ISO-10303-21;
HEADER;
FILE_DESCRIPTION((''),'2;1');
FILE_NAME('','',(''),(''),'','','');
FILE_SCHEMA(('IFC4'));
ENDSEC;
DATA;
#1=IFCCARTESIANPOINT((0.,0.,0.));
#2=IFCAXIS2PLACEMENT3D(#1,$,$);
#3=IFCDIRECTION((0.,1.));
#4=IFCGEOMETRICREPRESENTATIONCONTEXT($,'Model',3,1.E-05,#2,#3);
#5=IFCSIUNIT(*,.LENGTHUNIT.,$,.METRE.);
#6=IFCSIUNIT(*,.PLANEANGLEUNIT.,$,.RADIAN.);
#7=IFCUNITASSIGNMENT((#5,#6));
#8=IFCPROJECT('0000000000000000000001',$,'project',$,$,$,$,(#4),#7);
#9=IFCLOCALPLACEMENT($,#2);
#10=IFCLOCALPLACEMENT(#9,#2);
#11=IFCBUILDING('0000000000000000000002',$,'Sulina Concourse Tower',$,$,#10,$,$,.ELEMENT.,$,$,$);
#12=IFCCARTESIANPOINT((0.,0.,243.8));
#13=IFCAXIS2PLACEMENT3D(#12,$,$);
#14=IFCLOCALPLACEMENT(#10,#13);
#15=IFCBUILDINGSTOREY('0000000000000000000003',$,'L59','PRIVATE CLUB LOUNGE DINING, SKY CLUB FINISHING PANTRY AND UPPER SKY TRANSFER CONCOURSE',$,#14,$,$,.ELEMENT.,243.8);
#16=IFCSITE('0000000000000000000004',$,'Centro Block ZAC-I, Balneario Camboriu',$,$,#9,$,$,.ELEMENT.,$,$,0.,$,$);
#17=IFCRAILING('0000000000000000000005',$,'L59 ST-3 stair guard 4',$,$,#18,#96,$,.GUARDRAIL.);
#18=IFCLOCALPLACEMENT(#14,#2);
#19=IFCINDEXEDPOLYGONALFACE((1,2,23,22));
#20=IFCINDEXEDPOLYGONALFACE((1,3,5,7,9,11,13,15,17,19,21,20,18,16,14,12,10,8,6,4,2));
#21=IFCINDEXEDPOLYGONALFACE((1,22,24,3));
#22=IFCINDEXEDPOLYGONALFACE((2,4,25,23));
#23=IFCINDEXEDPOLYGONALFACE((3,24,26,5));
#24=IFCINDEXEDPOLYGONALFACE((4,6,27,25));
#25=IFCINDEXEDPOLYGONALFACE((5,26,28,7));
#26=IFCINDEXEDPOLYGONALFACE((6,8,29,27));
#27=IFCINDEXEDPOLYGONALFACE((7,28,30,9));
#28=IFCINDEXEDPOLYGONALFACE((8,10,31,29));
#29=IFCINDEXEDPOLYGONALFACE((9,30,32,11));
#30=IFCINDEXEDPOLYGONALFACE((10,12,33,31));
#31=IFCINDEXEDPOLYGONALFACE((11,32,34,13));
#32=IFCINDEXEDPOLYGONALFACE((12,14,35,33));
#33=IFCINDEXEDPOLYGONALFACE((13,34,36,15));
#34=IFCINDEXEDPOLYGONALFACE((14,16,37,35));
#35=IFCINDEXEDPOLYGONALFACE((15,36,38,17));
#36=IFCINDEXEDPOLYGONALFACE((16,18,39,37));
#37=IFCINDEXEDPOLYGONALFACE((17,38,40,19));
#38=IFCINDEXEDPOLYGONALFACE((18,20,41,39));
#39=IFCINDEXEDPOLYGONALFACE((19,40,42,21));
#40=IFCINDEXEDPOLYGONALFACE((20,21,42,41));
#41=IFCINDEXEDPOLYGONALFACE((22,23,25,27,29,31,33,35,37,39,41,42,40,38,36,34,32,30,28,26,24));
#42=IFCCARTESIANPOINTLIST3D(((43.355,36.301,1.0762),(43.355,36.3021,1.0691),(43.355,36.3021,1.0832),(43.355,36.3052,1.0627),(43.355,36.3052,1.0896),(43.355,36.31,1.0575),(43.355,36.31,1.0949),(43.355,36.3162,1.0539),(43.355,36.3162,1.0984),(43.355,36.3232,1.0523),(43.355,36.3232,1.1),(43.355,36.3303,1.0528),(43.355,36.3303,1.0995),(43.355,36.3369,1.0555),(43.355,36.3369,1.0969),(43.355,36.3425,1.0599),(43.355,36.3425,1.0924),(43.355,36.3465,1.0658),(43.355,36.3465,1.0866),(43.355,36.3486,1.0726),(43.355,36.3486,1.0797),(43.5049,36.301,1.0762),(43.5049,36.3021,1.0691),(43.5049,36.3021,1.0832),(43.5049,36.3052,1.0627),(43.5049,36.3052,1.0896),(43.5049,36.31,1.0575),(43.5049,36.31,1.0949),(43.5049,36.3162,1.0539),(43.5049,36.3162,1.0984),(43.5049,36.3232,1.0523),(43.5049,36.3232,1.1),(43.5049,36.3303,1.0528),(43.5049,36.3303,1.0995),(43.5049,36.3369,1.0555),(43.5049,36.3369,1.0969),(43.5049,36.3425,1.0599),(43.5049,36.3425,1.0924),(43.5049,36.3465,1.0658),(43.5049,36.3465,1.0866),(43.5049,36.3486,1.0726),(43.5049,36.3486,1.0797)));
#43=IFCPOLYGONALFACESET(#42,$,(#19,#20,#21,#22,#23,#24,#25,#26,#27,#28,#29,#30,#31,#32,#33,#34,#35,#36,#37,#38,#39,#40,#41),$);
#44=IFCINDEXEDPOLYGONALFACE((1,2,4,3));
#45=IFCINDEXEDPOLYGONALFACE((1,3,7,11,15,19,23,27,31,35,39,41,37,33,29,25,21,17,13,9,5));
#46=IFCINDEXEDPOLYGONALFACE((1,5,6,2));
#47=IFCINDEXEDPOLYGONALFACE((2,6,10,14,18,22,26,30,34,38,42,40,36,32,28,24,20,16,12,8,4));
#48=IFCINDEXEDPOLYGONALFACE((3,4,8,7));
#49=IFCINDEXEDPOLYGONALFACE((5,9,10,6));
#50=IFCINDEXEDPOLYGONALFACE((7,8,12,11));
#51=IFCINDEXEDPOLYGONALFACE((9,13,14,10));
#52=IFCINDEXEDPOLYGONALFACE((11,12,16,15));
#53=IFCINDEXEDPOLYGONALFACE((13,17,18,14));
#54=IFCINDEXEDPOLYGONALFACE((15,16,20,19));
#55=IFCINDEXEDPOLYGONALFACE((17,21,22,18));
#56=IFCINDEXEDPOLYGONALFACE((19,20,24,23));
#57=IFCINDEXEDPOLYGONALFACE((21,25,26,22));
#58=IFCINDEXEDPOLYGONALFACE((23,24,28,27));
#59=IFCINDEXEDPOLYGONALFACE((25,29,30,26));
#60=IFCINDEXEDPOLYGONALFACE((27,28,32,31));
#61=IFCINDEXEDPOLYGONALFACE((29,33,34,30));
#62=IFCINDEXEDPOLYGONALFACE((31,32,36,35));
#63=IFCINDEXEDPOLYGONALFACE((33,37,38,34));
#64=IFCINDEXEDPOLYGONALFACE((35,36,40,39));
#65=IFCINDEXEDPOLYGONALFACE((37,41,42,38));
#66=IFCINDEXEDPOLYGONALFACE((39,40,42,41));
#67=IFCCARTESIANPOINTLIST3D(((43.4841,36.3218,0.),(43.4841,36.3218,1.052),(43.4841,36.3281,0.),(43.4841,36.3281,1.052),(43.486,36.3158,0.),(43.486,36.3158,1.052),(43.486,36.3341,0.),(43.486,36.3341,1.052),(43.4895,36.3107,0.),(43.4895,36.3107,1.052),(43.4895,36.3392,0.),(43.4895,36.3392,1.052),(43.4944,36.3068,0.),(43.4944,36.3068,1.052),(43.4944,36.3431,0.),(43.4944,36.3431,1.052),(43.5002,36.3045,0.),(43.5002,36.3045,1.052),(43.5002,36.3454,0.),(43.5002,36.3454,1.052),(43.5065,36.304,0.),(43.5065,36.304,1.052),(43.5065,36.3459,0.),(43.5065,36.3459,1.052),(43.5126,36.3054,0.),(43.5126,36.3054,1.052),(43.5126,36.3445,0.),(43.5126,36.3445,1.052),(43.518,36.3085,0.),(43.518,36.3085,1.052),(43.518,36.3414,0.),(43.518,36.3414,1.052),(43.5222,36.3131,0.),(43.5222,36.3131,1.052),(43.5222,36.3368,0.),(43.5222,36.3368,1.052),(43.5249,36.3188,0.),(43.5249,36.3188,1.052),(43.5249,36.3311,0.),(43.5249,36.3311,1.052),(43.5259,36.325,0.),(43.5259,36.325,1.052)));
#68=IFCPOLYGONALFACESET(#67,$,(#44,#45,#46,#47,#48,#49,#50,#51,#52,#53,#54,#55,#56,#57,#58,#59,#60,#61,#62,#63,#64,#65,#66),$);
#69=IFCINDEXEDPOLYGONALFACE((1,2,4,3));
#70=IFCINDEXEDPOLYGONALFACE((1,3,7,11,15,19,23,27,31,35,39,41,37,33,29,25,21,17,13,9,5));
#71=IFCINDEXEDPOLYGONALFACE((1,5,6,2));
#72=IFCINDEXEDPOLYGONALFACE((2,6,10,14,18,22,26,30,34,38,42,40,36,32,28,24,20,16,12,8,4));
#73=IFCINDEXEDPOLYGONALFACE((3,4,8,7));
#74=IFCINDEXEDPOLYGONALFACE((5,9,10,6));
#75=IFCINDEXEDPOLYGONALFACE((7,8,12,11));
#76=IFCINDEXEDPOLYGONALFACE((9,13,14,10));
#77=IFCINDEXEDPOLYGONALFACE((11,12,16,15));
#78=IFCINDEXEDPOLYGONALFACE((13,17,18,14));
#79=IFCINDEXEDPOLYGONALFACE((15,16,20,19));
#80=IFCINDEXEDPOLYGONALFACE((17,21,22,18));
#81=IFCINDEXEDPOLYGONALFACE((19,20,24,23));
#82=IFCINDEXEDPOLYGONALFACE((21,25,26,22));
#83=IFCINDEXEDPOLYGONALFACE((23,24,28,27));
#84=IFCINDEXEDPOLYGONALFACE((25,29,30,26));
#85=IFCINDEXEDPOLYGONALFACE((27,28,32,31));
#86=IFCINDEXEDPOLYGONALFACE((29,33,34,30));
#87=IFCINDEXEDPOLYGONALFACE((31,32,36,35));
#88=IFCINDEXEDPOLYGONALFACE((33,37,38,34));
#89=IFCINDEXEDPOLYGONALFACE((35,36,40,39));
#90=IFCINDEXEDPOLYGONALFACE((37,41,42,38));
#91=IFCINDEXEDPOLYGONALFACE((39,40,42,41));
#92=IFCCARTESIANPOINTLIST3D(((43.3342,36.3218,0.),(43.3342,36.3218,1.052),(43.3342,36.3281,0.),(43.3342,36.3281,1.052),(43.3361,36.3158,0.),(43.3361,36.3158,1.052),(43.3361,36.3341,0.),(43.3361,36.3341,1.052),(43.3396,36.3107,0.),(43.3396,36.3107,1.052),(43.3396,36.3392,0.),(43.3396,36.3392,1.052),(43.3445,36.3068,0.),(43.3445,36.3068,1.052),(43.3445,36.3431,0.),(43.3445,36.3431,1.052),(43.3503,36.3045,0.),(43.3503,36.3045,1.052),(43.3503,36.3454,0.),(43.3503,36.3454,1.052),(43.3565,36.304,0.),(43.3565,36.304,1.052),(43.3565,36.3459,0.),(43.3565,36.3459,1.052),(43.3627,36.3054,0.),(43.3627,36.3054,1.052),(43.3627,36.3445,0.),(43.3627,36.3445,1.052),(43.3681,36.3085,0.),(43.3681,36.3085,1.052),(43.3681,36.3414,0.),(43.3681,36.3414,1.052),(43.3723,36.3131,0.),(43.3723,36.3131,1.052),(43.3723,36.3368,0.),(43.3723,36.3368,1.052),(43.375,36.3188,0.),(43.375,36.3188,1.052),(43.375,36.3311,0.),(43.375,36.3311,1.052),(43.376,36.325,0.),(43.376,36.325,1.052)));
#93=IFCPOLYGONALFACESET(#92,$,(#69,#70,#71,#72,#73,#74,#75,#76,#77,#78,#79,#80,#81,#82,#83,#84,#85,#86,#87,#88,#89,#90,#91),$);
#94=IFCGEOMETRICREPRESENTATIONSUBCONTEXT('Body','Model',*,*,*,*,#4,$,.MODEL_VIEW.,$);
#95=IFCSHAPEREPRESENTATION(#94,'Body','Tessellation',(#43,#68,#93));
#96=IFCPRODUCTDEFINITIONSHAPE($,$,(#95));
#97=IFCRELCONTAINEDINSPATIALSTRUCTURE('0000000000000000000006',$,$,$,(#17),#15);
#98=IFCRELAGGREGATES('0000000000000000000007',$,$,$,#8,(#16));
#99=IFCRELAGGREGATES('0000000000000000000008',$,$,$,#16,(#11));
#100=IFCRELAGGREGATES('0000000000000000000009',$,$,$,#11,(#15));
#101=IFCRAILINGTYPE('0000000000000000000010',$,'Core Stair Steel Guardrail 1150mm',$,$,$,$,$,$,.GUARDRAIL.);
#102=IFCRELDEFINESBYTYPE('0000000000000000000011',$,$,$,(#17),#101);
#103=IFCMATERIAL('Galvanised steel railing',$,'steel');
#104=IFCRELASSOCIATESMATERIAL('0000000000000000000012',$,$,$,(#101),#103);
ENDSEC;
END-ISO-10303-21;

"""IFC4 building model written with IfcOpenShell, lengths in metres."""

from ifc_helpers import new_model, si_unit, direction, frame, origin, origin_2d, place, context, subcontext, project, spatial, circle, extrude, material, type_object, element, save


model = new_model("IFC4")

# Units and contexts
model_context = context("Model", 3, precision=1e-05, world=origin(), true_north=direction((0.0, 1.0)))
body_context = subcontext(model_context, "Body", "Model", "MODEL_VIEW")
ifc_project = project(units=[si_unit("LENGTHUNIT", "METRE"), si_unit("PLANEANGLEUNIT", "RADIAN")], contexts=[model_context])

# Site, building, storey
site_placement = place(None, origin())
site = spatial("IfcSite", under=ifc_project, at=site_placement, Name="Centro Block ZAC-I, Balneario Camboriu", CompositionType="ELEMENT", RefElevation=0.0)
building_placement = place(site_placement, origin())
building = spatial("IfcBuilding", under=site, at=building_placement, Name="Sulina Concourse Tower", CompositionType="ELEMENT")
storey_placement = place(building_placement, frame((0.0, 0.0, 243.8)))
storey = spatial("IfcBuildingStorey", under=building, at=storey_placement, Name="L59", Description="PRIVATE CLUB LOUNGE DINING, SKY CLUB FINISHING PANTRY AND UPPER SKY TRANSFER CONCOURSE", CompositionType="ELEMENT", Elevation=243.8)

# Railing
ifc_material_1 = material(Name="Galvanised steel railing", Category="steel")
railing_type_1 = type_object("IfcRailingType", Name="Core Stair Steel Guardrail 1150mm", PredefinedType="GUARDRAIL", material=ifc_material_1)
railing_1_placement = place(storey_placement, frame((43.5049, 36.325, 0.0)))
element("IfcRailing", 1, at=railing_1_placement, inside=storey, type_object=railing_type_1, Name="L59 ST-3 stair guard 4", PredefinedType="GUARDRAIL", context=body_context, shape_type="SweptSolid", body=[
    extrude(circle(Radius=0.0239, at=origin_2d()), frame((0.0, 0.0, 1.0762), z_axis=(-1.0, 0.0, 0.0), x_axis=(0.0, -1.0, 0.0)), (0.0, 0.0, 1.0), 0.1499),
    extrude(circle(Radius=0.021, at=origin_2d()), origin(), (0.0, 0.0, 1.0), 1.052),
    extrude(circle(Radius=0.021, at=origin_2d()), frame((-0.1499, 0.0, 0.0)), (0.0, 0.0, 1.0), 1.052),
])

save(model, "model.ifc")
